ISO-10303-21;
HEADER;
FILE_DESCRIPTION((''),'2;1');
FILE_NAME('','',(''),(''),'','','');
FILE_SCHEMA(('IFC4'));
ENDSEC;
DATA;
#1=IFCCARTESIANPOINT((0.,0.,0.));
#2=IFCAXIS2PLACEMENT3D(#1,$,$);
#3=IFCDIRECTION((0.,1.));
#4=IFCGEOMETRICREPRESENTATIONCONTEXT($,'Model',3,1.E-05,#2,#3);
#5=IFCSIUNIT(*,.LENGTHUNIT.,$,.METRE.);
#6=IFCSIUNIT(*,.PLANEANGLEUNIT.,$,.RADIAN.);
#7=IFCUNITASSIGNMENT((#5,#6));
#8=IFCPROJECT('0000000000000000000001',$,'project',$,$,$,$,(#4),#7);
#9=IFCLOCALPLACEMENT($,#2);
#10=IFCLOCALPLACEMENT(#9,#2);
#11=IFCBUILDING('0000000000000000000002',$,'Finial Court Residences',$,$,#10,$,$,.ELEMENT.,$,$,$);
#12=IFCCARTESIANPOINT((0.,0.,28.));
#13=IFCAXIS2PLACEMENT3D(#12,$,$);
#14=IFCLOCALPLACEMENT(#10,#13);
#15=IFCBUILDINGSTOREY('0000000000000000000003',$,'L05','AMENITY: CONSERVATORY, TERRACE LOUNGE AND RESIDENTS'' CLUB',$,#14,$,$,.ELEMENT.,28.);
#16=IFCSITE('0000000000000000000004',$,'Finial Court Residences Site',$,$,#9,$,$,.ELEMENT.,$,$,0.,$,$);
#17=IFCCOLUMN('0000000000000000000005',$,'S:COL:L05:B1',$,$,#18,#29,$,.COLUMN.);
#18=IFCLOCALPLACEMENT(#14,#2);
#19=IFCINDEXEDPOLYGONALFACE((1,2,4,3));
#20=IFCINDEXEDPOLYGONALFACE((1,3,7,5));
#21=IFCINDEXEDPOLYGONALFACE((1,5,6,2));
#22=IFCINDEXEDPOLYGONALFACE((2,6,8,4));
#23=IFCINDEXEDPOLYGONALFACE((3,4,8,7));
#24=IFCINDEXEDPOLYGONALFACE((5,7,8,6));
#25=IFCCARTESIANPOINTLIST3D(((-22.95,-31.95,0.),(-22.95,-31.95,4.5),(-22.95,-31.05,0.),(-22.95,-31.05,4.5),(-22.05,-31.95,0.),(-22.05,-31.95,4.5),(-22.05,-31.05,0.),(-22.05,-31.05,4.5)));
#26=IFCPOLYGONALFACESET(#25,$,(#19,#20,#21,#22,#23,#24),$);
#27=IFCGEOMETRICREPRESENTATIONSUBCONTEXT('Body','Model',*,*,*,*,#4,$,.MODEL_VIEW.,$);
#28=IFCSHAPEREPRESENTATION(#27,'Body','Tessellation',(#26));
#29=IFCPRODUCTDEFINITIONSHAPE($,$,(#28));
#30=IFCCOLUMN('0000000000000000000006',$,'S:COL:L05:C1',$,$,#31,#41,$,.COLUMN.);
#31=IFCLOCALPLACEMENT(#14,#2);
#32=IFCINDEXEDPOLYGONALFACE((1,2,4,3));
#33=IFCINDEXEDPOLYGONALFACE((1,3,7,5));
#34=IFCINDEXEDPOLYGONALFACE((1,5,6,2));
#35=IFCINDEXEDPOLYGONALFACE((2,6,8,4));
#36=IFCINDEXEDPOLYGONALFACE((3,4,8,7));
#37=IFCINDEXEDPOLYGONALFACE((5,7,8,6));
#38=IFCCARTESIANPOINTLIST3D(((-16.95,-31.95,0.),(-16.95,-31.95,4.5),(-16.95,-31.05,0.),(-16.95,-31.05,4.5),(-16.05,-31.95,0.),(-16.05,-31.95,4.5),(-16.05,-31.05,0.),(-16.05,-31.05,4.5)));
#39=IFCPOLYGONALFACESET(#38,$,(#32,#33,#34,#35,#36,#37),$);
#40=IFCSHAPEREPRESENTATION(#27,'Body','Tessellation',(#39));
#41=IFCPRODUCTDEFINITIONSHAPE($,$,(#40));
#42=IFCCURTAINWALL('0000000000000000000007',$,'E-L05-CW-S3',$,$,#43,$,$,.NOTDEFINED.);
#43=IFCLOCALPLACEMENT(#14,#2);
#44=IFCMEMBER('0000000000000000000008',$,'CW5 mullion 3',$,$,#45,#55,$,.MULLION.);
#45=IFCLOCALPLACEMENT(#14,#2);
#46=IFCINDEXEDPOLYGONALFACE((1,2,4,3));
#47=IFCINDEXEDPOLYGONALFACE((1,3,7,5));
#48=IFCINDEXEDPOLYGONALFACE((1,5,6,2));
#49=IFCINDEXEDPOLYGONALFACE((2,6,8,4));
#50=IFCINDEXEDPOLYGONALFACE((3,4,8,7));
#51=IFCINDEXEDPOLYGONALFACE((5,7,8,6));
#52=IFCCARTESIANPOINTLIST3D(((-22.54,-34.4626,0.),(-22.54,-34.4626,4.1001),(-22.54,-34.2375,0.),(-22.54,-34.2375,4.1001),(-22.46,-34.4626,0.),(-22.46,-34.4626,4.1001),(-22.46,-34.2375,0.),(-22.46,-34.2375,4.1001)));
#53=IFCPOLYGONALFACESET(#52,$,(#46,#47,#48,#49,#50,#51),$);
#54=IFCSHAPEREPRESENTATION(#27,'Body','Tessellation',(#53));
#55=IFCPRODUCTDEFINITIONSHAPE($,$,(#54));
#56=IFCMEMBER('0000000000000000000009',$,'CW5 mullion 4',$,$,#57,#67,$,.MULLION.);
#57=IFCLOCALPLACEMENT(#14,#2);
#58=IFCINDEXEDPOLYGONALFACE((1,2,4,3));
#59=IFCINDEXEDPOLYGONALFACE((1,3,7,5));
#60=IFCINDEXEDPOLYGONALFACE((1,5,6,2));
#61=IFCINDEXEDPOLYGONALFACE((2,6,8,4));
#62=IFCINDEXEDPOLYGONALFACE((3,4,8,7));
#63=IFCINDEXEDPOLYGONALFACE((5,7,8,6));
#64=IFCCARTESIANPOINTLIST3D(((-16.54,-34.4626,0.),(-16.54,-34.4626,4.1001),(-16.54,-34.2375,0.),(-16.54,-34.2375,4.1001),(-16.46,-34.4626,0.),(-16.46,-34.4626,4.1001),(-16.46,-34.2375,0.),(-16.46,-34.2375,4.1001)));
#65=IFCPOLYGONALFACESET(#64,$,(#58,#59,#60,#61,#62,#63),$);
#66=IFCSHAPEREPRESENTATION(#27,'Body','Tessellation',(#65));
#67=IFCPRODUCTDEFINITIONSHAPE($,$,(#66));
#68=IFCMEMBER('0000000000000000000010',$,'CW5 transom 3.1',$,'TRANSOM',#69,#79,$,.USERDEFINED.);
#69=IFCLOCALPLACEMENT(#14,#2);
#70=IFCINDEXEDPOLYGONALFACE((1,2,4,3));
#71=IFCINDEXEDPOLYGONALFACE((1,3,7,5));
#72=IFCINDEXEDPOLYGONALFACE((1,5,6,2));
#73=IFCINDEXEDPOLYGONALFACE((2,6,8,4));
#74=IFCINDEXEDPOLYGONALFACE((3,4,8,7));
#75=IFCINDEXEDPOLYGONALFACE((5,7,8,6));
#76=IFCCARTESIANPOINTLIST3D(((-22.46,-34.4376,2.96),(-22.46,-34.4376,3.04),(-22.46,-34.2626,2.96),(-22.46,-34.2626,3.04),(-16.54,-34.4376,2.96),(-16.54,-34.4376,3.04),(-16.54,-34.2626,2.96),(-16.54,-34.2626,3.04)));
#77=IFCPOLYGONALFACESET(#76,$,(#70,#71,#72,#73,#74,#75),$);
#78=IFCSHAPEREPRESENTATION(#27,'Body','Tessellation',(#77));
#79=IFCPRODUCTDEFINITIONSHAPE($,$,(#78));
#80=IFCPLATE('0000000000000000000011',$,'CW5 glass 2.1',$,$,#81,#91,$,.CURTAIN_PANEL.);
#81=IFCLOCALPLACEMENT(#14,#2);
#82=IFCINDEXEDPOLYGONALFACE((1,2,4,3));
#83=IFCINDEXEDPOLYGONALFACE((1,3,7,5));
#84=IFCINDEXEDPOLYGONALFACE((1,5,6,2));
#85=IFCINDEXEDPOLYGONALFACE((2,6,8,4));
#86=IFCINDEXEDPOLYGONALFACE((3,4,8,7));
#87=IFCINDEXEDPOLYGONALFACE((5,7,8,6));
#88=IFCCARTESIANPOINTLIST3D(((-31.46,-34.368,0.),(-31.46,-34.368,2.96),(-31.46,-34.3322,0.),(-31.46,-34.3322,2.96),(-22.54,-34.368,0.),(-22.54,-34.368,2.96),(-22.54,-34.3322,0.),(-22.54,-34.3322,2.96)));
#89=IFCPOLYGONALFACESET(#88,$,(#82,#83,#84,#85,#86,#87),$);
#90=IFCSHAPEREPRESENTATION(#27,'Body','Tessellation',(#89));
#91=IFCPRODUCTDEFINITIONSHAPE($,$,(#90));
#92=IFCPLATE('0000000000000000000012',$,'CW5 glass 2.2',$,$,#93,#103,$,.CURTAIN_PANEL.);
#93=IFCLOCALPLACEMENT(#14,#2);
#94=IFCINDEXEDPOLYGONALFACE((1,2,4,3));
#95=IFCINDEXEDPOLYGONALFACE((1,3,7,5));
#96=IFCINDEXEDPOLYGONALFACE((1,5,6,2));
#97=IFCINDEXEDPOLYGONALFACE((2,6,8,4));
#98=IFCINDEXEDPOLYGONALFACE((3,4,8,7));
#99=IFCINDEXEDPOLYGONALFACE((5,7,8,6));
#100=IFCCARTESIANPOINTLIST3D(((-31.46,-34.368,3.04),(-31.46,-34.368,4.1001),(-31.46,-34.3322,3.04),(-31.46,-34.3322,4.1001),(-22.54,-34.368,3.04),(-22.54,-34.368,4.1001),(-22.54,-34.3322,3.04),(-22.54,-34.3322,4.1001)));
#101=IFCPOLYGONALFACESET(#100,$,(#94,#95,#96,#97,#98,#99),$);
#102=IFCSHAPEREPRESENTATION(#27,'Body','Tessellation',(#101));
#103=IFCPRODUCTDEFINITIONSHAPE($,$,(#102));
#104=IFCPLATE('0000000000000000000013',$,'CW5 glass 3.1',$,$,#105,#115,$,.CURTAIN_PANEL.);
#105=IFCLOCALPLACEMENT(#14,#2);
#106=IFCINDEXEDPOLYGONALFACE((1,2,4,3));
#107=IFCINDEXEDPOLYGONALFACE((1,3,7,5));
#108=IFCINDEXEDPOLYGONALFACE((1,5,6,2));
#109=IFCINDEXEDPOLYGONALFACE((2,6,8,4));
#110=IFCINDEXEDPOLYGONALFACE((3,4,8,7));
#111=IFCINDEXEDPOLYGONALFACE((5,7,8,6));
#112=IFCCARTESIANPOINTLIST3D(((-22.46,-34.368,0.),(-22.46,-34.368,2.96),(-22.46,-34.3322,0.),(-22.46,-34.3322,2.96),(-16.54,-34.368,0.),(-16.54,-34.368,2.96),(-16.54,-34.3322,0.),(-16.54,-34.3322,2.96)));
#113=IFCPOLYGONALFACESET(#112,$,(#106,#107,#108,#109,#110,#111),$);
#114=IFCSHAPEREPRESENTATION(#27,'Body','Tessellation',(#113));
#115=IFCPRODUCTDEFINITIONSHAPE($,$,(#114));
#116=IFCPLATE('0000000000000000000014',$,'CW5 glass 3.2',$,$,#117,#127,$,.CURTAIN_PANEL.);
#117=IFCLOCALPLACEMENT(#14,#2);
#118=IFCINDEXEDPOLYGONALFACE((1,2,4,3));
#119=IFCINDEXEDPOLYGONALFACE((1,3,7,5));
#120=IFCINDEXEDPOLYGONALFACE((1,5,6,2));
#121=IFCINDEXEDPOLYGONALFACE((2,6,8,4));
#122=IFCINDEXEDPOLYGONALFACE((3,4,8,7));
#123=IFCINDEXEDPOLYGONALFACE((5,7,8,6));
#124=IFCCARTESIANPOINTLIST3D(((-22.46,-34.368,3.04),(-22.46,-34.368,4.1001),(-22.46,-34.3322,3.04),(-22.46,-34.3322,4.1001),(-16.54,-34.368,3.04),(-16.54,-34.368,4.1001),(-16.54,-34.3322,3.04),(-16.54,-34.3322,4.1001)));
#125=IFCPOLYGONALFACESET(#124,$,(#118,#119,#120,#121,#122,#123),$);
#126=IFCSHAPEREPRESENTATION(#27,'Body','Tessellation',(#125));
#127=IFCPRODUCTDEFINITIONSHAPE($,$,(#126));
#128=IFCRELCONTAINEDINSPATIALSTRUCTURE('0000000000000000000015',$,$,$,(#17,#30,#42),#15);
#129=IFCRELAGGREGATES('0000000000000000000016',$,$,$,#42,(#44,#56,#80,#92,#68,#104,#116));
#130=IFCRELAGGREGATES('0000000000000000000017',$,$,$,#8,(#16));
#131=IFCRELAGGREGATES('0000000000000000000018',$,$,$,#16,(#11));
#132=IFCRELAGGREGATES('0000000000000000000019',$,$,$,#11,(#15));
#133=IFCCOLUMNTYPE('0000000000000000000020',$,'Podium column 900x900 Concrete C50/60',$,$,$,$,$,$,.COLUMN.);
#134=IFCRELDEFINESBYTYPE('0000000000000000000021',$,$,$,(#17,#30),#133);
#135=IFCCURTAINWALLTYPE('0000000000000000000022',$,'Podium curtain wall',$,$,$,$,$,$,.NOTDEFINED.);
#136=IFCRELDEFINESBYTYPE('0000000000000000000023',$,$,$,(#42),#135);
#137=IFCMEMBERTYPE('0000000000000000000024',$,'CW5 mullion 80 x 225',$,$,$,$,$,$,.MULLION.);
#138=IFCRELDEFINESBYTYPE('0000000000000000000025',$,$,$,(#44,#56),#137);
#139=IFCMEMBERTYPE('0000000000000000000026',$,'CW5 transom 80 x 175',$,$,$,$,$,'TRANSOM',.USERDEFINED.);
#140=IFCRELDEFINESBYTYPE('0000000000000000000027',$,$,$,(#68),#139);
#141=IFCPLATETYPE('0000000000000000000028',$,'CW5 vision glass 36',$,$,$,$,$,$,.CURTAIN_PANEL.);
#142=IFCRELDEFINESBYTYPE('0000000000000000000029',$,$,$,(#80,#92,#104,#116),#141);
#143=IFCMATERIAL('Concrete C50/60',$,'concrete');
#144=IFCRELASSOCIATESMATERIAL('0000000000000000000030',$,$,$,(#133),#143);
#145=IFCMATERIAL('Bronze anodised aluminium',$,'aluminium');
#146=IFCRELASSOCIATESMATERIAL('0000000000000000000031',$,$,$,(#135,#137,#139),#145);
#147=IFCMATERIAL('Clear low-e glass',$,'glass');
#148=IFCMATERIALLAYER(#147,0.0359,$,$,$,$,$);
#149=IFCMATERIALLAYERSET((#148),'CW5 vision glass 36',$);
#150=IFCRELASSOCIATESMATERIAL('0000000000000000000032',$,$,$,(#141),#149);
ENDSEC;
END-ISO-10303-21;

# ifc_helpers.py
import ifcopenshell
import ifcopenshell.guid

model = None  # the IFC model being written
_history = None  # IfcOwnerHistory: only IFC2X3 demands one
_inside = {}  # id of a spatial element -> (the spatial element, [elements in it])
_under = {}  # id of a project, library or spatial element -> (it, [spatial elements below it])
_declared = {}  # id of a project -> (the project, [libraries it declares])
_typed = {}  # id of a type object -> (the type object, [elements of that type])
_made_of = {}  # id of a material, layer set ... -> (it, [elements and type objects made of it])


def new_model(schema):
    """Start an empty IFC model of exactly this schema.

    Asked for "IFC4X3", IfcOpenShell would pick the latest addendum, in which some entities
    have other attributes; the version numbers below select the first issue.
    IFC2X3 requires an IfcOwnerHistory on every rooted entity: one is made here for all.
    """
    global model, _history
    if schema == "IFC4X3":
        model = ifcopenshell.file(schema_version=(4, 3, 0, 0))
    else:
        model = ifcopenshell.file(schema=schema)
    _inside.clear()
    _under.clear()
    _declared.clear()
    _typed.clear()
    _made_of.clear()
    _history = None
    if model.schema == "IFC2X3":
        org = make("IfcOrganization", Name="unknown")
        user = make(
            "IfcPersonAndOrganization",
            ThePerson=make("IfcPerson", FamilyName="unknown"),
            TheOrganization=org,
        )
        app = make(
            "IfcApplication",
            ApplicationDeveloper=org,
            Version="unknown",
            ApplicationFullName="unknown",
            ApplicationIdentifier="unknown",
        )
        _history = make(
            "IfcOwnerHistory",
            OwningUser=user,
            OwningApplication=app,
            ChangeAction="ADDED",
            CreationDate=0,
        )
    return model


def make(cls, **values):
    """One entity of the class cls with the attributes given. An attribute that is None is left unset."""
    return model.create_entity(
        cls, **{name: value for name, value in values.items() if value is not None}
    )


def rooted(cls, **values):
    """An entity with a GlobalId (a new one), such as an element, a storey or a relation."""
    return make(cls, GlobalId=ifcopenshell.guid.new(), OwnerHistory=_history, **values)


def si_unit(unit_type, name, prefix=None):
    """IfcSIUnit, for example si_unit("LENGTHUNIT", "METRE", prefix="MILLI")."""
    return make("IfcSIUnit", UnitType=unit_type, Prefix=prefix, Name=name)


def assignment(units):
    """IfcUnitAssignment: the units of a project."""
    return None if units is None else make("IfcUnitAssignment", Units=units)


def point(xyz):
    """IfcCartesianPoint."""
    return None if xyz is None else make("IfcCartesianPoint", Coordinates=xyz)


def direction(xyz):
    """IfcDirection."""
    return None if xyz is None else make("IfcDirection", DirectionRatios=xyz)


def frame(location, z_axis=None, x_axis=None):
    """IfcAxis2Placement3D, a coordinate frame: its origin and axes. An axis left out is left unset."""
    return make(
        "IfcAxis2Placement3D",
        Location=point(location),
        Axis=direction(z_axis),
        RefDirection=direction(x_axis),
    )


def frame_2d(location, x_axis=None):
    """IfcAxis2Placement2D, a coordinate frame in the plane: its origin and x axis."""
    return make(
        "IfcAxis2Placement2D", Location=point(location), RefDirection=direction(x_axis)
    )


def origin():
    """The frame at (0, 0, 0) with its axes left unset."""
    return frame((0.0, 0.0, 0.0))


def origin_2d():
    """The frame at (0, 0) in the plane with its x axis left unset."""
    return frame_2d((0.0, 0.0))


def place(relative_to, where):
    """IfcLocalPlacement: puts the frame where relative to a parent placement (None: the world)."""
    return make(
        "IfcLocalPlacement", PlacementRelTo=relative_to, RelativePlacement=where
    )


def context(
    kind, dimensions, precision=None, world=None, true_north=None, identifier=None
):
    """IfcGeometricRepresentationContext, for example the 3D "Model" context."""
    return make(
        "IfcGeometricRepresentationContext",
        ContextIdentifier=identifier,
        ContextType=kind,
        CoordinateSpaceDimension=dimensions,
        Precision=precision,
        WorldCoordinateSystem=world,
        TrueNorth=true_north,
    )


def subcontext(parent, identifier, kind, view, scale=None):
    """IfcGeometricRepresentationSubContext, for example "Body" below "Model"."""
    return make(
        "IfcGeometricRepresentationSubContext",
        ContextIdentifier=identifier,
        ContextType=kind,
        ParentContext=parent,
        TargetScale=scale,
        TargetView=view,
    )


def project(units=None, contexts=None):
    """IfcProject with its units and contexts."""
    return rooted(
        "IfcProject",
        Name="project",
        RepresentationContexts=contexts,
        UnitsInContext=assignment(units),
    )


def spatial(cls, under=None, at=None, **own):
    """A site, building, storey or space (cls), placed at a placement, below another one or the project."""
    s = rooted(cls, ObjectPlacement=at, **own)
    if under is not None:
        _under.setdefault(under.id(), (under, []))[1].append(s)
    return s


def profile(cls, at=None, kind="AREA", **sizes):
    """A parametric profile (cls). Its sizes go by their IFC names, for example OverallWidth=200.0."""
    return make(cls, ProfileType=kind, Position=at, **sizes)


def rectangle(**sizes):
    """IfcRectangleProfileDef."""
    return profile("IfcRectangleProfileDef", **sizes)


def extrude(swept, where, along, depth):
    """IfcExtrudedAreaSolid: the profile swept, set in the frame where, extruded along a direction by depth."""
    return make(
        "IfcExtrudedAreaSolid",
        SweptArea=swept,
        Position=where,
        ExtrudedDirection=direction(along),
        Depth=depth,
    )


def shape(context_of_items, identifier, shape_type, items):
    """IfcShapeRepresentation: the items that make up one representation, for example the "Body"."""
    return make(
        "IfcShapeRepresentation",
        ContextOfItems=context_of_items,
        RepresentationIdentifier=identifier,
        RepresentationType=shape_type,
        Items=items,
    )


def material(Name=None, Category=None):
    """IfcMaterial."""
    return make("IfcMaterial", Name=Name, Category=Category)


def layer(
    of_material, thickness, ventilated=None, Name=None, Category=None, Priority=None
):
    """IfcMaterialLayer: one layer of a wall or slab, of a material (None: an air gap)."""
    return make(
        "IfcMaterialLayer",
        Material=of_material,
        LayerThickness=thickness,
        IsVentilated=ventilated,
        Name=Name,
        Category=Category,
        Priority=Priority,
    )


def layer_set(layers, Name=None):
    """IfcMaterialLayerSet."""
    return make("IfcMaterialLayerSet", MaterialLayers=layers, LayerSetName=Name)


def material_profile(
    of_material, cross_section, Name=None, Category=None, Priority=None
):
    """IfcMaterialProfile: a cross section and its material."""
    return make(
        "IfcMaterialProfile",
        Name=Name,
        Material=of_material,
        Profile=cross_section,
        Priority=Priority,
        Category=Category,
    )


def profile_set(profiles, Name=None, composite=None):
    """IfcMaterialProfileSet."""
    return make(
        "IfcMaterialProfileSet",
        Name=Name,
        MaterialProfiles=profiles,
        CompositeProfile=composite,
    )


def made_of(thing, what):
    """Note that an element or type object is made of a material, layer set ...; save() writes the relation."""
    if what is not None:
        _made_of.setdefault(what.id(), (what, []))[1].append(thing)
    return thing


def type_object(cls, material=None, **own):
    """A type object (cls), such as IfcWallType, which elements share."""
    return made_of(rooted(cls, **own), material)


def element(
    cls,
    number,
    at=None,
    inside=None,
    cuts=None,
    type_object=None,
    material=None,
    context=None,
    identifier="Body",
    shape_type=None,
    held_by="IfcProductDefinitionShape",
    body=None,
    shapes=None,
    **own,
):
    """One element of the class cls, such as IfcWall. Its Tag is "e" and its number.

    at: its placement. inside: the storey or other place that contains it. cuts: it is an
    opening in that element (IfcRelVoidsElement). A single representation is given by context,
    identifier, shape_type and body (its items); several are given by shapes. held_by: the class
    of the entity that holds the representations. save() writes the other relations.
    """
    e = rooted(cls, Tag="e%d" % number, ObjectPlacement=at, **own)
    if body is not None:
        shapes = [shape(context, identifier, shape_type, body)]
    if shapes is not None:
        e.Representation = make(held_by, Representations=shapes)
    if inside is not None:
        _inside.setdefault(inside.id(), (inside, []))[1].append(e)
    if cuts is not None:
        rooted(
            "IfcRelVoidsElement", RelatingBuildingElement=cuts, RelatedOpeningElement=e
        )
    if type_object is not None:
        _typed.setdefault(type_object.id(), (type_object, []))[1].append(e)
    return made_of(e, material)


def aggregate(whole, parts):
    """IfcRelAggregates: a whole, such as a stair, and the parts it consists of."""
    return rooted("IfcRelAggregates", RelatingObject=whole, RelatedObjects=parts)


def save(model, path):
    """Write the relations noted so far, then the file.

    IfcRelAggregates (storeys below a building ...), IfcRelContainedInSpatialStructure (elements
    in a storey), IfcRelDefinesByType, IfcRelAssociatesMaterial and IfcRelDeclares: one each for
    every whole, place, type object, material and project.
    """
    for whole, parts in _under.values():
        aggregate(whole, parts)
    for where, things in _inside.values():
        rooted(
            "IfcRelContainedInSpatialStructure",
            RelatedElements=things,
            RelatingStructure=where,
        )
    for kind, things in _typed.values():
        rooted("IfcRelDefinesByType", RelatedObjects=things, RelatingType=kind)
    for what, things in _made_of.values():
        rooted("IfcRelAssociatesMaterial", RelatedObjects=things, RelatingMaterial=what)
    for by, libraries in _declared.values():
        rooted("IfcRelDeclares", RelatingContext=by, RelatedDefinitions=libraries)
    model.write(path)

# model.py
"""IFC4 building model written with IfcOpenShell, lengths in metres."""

from ifc_helpers import new_model, si_unit, direction, frame, origin, origin_2d, place, context, subcontext, project, spatial, rectangle, extrude, material, layer, layer_set, material_profile, profile_set, type_object, element, aggregate, save


model = new_model("IFC4")

# Units and contexts
model_context = context("Model", 3, precision=1e-05, world=origin(), true_north=direction((0.0, 1.0)))
body_context = subcontext(model_context, "Body", "Model", "MODEL_VIEW")
ifc_project = project(units=[si_unit("LENGTHUNIT", "METRE"), si_unit("PLANEANGLEUNIT", "RADIAN")], contexts=[model_context])

# Site, building, storey
site_placement = place(None, origin())
site = spatial("IfcSite", under=ifc_project, at=site_placement, Name="Finial Court Residences Site", CompositionType="ELEMENT", RefElevation=0.0)
building_placement = place(site_placement, origin())
building = spatial("IfcBuilding", under=site, at=building_placement, Name="Finial Court Residences", CompositionType="ELEMENT")
storey_placement = place(building_placement, frame((0.0, 0.0, 28.0)))
storey = spatial("IfcBuildingStorey", under=building, at=storey_placement, Name="L05", Description="AMENITY: CONSERVATORY, TERRACE LOUNGE AND RESIDENTS' CLUB", CompositionType="ELEMENT", Elevation=28.0)

# Columns
ifc_material_1 = material(Name="Concrete C50/60", Category="concrete")
ifc_material_profile_1 = material_profile(ifc_material_1, rectangle(XDim=0.8999, YDim=0.8999, at=origin_2d()), Name="900x900")
ifc_profile_set_1 = profile_set([ifc_material_profile_1], Name="Concrete C50/60")
column_type = type_object("IfcColumnType", Name="Podium column 900x900 Concrete C50/60", PredefinedType="COLUMN", material=ifc_profile_set_1)
for number, where, z_axis, x_axis, name in (
    (1, (-22.5, -31.5, 0.0), (0.0, 0.0, 1.0), (1.0, 0.0, 0.0), "S:COL:L05:B1"),
    (2, (-16.5, -31.5, 0.0), (0.0, 0.0, 1.0), (1.0, 0.0, 0.0), "S:COL:L05:C1"),
):
    element("IfcColumn", number, at=place(storey_placement, frame(where, z_axis=z_axis, x_axis=x_axis)), inside=storey, type_object=column_type, Name=name, PredefinedType="COLUMN", context=body_context, shape_type="SweptSolid", body=[
        extrude(rectangle(XDim=0.8999, YDim=0.8999, at=origin_2d()), origin(), (0.0, 0.0, 1.0), 4.5),
    ])

# Curtain wall, members, plates
ifc_material_2 = material(Name="Bronze anodised aluminium", Category="aluminium")
curtain_wall_type = type_object("IfcCurtainWallType", Name="Podium curtain wall", PredefinedType="NOTDEFINED", material=ifc_material_2)
curtain_wall_placement = place(storey_placement, origin())
curtain_wall = element("IfcCurtainWall", 3, at=curtain_wall_placement, inside=storey, type_object=curtain_wall_type, Name="E-L05-CW-S3", PredefinedType="NOTDEFINED")
ifc_material_profile_2 = material_profile(ifc_material_2, rectangle(XDim=0.2251, YDim=0.0801, at=origin_2d()), Name="CW5 mullion 80 x 225")
ifc_profile_set_2 = profile_set([ifc_material_profile_2], Name="Bronze anodised aluminium")
member_type_1 = type_object("IfcMemberType", Name="CW5 mullion 80 x 225", PredefinedType="MULLION", material=ifc_profile_set_2)
member_1_placement = place(storey_placement, frame((-22.5, -34.3501, 0.0), z_axis=(0.0, 0.0, 1.0), x_axis=(0.0, 1.0, 0.0)))
member_1 = element("IfcMember", 4, at=member_1_placement, type_object=member_type_1, Name="CW5 mullion 3", PredefinedType="MULLION", context=body_context, shape_type="SweptSolid", body=[
    extrude(rectangle(XDim=0.2251, YDim=0.0801, at=origin_2d()), origin(), (0.0, 0.0, 1.0), 4.1001),
])
member_2_placement = place(storey_placement, frame((-16.5, -34.3501, 0.0), z_axis=(0.0, 0.0, 1.0), x_axis=(0.0, 1.0, 0.0)))
member_2 = element("IfcMember", 5, at=member_2_placement, type_object=member_type_1, Name="CW5 mullion 4", PredefinedType="MULLION", context=body_context, shape_type="SweptSolid", body=[
    extrude(rectangle(XDim=0.2251, YDim=0.0801, at=origin_2d()), origin(), (0.0, 0.0, 1.0), 4.1001),
])
ifc_material_profile_3 = material_profile(ifc_material_2, rectangle(XDim=0.175, YDim=0.0801, at=origin_2d()), Name="CW5 transom 80 x 175")
ifc_profile_set_3 = profile_set([ifc_material_profile_3], Name="Bronze anodised aluminium")
member_type_2 = type_object("IfcMemberType", Name="CW5 transom 80 x 175", ElementType="TRANSOM", PredefinedType="USERDEFINED", material=ifc_profile_set_3)
member_3_placement = place(storey_placement, frame((-22.46, -34.3501, 3.0), z_axis=(1.0, 0.0, 0.0), x_axis=(0.0, 1.0, 0.0)))
member_3 = element("IfcMember", 6, at=member_3_placement, type_object=member_type_2, Name="CW5 transom 3.1", ObjectType="TRANSOM", PredefinedType="USERDEFINED", context=body_context, shape_type="SweptSolid", body=[
    extrude(rectangle(XDim=0.175, YDim=0.0801, at=origin_2d()), origin(), (0.0, 0.0, 1.0), 5.9199),
])
ifc_material_3 = material(Name="Clear low-e glass", Category="glass")
ifc_layer_1 = layer(ifc_material_3, 0.0359)
ifc_layer_set_1 = layer_set([ifc_layer_1], Name="CW5 vision glass 36")
plate_type = type_object("IfcPlateType", Name="CW5 vision glass 36", PredefinedType="CURTAIN_PANEL", material=ifc_layer_set_1)
plate_1_placement = place(storey_placement, frame((-27.0, -34.3501, 0.0), z_axis=(0.0, 0.0, 1.0), x_axis=(1.0, 0.0, 0.0)))
plate_1 = element("IfcPlate", 7, at=plate_1_placement, type_object=plate_type, Name="CW5 glass 2.1", PredefinedType="CURTAIN_PANEL", context=body_context, shape_type="SweptSolid", body=[
    extrude(rectangle(XDim=8.9199, YDim=0.0359, at=origin_2d()), origin(), (0.0, 0.0, 1.0), 2.96),
])
plate_2_placement = place(storey_placement, frame((-27.0, -34.3501, 3.04), z_axis=(0.0, 0.0, 1.0), x_axis=(1.0, 0.0, 0.0)))
plate_2 = element("IfcPlate", 8, at=plate_2_placement, type_object=plate_type, Name="CW5 glass 2.2", PredefinedType="CURTAIN_PANEL", context=body_context, shape_type="SweptSolid", body=[
    extrude(rectangle(XDim=8.9199, YDim=0.0359, at=origin_2d()), origin(), (0.0, 0.0, 1.0), 1.0601),
])
plate_3_placement = place(storey_placement, frame((-19.5, -34.3501, 0.0), z_axis=(0.0, 0.0, 1.0), x_axis=(1.0, 0.0, 0.0)))
plate_3 = element("IfcPlate", 9, at=plate_3_placement, type_object=plate_type, Name="CW5 glass 3.1", PredefinedType="CURTAIN_PANEL", context=body_context, shape_type="SweptSolid", body=[
    extrude(rectangle(XDim=5.9199, YDim=0.0359, at=origin_2d()), origin(), (0.0, 0.0, 1.0), 2.96),
])
plate_4_placement = place(storey_placement, frame((-19.5, -34.3501, 3.04), z_axis=(0.0, 0.0, 1.0), x_axis=(1.0, 0.0, 0.0)))
plate_4 = element("IfcPlate", 10, at=plate_4_placement, type_object=plate_type, Name="CW5 glass 3.2", PredefinedType="CURTAIN_PANEL", context=body_context, shape_type="SweptSolid", body=[
    extrude(rectangle(XDim=5.9199, YDim=0.0359, at=origin_2d()), origin(), (0.0, 0.0, 1.0), 1.0601),
])
aggregate(curtain_wall, [member_1, member_2, plate_1, plate_2, member_3, plate_3, plate_4])

save(model, "model.ifc")
